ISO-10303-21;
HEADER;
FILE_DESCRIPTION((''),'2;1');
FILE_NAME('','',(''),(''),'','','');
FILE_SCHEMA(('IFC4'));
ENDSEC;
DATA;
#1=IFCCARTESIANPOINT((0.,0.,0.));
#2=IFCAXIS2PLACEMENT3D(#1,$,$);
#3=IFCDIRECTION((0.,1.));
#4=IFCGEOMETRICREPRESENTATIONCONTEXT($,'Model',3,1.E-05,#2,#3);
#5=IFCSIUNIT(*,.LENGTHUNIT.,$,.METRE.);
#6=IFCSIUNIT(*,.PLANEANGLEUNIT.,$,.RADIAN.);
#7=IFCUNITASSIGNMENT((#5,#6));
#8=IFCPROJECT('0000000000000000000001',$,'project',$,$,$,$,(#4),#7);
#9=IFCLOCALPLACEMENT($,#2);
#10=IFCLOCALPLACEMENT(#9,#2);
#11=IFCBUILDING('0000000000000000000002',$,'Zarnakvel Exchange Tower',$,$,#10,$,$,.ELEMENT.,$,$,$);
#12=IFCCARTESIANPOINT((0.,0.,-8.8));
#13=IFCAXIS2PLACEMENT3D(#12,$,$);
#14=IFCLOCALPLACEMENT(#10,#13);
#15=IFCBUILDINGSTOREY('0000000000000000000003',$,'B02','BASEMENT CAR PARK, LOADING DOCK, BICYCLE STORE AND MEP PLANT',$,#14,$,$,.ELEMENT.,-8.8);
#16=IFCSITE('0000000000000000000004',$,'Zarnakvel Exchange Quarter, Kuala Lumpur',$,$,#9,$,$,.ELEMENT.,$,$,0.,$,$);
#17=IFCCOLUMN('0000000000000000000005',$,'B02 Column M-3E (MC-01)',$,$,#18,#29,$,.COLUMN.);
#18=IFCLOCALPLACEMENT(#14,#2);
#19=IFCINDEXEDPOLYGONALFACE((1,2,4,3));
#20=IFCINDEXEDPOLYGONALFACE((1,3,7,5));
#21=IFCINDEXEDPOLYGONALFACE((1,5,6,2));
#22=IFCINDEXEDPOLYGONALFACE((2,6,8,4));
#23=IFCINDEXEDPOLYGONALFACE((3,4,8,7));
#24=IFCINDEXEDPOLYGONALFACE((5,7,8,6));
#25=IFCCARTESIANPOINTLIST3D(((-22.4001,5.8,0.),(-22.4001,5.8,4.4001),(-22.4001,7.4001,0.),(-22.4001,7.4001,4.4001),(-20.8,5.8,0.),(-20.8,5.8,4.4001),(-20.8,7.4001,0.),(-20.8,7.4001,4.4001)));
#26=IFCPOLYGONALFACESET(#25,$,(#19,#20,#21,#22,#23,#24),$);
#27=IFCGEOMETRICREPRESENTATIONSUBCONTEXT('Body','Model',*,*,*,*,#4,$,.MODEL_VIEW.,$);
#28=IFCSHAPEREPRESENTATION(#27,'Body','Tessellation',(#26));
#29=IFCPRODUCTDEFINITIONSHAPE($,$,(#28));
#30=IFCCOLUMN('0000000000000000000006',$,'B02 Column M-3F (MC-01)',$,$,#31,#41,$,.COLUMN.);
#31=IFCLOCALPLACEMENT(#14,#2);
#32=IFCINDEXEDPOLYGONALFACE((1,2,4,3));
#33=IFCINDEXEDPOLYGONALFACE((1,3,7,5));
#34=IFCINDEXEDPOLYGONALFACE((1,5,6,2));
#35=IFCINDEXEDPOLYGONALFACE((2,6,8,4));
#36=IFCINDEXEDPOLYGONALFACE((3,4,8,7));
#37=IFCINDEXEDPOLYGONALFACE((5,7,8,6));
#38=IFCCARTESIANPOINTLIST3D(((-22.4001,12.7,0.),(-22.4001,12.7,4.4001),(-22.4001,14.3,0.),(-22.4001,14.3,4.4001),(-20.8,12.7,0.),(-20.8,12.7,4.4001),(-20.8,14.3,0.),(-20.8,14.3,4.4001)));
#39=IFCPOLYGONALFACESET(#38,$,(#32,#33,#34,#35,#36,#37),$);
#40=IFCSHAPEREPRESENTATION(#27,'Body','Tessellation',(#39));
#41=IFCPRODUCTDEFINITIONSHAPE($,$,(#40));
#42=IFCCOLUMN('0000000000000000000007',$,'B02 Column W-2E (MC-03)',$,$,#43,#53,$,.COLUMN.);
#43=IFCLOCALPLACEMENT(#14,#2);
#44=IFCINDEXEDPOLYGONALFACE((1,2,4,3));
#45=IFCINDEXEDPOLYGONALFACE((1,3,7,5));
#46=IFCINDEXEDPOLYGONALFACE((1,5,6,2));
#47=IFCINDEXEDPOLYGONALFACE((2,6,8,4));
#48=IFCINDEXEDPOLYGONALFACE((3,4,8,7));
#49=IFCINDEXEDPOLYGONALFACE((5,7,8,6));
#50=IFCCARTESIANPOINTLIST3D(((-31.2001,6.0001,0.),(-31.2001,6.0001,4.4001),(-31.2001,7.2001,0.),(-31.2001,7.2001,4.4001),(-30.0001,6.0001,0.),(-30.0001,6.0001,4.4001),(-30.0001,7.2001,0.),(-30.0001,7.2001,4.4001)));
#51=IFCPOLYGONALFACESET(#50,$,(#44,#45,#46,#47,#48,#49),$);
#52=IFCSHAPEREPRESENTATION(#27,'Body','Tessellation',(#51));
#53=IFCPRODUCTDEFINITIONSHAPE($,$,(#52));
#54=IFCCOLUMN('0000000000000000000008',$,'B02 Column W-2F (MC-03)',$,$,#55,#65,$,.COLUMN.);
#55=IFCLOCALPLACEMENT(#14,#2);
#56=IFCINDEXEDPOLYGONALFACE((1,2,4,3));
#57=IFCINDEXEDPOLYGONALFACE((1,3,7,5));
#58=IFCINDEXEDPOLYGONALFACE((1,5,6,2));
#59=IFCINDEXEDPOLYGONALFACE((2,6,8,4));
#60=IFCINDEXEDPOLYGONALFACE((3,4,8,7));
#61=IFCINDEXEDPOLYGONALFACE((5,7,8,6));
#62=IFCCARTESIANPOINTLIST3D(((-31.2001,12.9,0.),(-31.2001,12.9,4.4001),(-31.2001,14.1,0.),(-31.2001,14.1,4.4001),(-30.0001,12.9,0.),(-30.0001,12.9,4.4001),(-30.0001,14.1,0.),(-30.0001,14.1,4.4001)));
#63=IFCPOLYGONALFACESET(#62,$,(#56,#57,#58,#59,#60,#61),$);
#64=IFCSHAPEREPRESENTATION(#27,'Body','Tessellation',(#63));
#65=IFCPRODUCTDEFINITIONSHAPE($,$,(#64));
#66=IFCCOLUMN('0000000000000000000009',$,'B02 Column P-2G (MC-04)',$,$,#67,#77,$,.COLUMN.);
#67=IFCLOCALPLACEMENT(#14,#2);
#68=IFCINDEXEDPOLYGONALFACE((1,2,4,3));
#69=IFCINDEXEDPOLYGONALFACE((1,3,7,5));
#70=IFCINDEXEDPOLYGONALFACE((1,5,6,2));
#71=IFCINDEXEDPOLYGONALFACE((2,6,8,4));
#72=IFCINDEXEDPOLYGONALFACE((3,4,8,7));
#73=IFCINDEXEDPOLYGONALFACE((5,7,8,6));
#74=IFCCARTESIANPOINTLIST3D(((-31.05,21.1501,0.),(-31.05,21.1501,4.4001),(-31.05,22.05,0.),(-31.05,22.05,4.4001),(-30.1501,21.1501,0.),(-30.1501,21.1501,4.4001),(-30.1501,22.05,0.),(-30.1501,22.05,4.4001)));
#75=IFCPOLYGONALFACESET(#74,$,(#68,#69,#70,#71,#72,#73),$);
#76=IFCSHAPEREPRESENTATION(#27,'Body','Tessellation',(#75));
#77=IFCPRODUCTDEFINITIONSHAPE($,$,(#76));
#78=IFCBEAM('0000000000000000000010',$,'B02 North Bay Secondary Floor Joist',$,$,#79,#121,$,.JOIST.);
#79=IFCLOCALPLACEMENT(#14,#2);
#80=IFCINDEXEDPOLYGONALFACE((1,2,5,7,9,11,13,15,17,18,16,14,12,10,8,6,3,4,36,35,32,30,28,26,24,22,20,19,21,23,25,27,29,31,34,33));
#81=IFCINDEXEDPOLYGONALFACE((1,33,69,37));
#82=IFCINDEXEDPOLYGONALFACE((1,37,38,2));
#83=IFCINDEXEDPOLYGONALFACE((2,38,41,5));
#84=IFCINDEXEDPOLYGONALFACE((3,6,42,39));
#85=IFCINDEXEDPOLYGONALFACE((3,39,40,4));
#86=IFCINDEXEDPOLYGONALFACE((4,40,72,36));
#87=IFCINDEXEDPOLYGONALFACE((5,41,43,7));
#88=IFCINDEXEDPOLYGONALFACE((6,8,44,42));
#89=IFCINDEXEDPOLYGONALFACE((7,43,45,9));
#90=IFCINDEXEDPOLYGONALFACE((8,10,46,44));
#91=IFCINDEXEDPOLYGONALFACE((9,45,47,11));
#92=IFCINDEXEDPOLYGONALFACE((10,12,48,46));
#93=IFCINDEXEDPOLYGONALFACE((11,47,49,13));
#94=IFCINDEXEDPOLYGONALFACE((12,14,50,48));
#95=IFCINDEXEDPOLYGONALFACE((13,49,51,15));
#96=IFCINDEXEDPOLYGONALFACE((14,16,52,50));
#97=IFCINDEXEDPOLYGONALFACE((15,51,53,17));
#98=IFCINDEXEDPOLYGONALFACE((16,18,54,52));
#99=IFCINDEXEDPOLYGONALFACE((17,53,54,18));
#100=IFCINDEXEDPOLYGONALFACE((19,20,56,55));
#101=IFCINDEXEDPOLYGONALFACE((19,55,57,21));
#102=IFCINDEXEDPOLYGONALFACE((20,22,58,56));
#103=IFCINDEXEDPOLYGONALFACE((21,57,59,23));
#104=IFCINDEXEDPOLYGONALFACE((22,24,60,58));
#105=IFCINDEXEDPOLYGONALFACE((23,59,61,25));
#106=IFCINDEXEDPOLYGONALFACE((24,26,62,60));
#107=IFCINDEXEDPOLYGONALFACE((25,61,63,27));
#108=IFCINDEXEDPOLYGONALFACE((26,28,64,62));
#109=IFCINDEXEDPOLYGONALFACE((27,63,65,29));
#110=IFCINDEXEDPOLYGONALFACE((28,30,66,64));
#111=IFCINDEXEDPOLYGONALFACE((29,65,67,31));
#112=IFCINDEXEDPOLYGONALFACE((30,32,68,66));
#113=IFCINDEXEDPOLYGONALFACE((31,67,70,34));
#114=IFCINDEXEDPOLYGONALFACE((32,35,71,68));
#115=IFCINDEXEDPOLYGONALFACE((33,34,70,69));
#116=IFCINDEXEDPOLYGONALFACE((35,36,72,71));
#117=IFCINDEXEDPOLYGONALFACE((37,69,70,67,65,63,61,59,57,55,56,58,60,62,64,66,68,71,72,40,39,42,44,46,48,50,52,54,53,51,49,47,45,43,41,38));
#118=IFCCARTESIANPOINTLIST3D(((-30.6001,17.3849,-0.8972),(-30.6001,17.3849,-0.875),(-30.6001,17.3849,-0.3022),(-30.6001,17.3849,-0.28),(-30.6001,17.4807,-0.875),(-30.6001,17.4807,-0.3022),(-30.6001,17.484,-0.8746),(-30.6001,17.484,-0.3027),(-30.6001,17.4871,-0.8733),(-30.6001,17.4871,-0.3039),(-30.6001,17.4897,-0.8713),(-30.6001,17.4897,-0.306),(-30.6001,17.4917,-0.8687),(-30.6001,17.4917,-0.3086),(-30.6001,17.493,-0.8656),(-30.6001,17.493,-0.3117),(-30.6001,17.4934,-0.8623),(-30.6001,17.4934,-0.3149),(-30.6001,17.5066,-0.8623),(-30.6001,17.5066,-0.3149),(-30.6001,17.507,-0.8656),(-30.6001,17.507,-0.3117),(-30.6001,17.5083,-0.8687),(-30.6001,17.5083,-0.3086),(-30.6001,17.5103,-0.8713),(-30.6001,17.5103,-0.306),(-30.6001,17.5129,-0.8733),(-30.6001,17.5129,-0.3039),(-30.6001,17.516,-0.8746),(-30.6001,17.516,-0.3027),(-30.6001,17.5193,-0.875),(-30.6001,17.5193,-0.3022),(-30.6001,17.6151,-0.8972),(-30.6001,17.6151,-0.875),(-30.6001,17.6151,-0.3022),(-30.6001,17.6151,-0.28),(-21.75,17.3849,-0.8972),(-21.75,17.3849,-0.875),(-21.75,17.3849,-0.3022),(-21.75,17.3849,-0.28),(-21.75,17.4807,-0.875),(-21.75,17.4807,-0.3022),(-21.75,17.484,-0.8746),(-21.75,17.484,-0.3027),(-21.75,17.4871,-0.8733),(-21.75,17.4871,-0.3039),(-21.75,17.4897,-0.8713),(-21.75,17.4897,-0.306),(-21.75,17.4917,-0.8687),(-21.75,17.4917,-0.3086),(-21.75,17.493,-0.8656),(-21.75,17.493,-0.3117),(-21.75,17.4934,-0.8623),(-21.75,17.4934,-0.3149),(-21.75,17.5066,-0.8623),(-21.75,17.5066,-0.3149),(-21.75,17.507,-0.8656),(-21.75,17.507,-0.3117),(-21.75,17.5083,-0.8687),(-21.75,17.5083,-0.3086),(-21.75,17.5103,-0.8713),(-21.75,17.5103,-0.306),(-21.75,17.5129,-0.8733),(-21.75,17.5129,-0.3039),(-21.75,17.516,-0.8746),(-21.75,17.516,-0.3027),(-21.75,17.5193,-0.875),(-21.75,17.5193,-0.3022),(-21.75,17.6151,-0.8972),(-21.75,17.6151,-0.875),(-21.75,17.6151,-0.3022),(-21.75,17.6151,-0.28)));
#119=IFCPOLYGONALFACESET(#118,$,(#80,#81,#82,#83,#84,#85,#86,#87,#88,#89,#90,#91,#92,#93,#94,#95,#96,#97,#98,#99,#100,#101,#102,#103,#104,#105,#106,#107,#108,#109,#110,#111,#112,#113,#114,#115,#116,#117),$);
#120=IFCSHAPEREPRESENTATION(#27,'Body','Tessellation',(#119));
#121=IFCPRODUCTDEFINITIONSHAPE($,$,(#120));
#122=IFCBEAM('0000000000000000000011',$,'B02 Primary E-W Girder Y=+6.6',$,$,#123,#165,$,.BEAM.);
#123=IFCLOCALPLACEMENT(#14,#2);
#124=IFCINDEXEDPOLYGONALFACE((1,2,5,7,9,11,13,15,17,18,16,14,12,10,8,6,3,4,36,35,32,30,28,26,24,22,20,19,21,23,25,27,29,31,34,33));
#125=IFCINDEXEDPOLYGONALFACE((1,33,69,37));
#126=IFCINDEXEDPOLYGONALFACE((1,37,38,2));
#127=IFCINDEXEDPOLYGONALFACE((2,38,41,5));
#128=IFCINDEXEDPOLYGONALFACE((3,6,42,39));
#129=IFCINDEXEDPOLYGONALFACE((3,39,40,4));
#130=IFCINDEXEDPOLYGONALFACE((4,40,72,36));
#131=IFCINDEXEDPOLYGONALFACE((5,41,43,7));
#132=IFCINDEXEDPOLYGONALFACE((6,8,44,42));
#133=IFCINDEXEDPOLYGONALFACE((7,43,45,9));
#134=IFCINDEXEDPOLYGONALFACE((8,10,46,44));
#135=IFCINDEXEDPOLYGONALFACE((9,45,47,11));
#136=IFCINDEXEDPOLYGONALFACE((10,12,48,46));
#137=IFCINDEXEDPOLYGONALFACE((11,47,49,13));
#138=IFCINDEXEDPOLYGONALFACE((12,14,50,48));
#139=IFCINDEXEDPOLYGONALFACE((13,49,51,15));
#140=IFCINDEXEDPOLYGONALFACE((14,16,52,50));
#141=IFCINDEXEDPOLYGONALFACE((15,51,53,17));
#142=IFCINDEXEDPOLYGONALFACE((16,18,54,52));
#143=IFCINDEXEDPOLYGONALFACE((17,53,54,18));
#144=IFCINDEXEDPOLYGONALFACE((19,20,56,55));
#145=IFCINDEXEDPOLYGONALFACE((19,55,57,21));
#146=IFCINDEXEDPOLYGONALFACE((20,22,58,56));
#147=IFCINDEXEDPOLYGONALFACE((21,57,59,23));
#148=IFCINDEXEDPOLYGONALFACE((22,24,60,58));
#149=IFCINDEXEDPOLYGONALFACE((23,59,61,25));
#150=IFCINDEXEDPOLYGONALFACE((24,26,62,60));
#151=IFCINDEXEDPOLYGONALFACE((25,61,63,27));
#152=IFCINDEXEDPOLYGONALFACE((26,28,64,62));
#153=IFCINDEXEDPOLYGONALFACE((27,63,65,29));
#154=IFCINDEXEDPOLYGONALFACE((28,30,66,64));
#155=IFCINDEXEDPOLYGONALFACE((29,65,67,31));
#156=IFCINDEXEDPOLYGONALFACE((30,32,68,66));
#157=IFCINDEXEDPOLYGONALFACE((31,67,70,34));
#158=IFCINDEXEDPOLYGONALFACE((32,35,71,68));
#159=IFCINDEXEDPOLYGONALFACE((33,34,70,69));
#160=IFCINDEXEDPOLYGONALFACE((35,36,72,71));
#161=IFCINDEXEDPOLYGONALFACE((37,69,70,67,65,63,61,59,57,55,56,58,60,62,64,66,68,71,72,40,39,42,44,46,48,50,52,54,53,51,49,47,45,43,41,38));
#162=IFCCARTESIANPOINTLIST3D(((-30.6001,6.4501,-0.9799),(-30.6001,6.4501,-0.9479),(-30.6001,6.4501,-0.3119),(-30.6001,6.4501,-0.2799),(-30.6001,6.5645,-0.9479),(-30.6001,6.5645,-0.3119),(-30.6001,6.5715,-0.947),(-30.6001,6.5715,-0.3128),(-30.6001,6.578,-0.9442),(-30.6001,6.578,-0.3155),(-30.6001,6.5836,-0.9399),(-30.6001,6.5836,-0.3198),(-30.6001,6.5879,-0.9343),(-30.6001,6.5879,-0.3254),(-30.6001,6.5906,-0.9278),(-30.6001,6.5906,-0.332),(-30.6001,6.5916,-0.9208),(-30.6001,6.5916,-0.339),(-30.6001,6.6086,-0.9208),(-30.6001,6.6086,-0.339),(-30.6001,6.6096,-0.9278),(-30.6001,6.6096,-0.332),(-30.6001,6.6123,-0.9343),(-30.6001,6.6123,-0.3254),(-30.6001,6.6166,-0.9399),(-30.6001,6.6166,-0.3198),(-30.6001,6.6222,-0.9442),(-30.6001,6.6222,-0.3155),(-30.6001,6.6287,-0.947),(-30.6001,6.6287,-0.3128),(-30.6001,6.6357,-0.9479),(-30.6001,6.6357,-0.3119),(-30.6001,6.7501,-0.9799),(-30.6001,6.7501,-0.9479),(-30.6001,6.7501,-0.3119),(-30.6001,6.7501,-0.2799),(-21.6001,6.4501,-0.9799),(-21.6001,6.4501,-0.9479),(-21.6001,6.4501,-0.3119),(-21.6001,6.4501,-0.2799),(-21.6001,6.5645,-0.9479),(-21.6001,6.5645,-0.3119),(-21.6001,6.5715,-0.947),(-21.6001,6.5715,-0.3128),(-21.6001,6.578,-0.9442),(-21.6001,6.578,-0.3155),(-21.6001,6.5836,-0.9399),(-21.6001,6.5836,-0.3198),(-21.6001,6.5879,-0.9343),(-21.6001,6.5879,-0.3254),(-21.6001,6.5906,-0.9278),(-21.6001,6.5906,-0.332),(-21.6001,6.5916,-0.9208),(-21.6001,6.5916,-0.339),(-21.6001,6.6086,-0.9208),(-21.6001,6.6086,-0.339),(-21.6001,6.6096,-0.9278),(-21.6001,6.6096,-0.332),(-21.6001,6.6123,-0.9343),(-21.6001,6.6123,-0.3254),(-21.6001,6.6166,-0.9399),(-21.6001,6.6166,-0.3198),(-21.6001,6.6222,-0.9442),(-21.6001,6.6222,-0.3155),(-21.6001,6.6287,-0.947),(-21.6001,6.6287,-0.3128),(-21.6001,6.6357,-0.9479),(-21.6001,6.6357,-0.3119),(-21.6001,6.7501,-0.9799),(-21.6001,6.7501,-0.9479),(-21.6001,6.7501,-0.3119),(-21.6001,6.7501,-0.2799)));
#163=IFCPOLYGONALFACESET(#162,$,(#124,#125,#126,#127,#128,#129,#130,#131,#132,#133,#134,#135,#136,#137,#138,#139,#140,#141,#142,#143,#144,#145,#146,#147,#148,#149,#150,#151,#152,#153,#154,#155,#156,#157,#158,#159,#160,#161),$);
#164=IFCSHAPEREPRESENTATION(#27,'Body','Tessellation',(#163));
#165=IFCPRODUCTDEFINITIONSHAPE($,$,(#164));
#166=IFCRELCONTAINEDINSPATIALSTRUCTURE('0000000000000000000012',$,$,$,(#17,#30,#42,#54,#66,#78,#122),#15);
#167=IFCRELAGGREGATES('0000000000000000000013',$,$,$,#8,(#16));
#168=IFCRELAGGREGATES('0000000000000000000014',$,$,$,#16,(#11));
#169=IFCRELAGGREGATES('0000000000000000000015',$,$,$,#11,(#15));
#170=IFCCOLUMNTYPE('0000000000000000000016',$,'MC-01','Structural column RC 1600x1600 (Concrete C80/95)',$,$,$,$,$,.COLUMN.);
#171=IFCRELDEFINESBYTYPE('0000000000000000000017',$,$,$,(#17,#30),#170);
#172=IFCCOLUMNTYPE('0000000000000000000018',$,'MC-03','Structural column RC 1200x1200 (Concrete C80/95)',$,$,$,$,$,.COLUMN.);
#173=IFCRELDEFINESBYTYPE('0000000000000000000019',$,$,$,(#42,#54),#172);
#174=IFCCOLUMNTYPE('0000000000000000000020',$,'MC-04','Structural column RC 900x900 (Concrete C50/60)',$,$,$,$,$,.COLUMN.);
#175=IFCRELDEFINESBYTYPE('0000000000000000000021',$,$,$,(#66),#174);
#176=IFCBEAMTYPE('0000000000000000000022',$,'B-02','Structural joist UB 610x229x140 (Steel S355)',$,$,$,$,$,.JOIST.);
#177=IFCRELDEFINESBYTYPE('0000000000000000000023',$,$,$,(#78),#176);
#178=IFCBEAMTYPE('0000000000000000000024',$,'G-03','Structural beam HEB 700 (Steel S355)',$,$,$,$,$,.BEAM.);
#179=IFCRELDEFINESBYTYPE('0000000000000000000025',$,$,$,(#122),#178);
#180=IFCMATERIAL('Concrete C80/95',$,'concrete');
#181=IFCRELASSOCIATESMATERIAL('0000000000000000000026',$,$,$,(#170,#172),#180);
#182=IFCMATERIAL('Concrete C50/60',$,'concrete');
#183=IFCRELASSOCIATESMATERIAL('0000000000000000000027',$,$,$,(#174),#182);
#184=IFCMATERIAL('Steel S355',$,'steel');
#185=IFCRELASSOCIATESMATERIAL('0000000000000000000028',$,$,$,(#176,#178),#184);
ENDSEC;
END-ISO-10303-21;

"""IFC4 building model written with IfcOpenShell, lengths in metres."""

from ifc_helpers import new_model, si_unit, direction, frame, origin, origin_2d, place, context, subcontext, project, spatial, rectangle, i_section, extrude, material, material_profile, profile_set, type_object, element, save


model = new_model("IFC4")

# Units and contexts
model_context = context("Model", 3, precision=1e-05, world=origin(), true_north=direction((0.0, 1.0)))
body_context = subcontext(model_context, "Body", "Model", "MODEL_VIEW")
ifc_project = project(units=[si_unit("LENGTHUNIT", "METRE"), si_unit("PLANEANGLEUNIT", "RADIAN")], contexts=[model_context])

# Site, building, storey
site_placement = place(None, origin())
site = spatial("IfcSite", under=ifc_project, at=site_placement, Name="Zarnakvel Exchange Quarter, Kuala Lumpur", CompositionType="ELEMENT", RefElevation=0.0)
building_placement = place(site_placement, origin())
building = spatial("IfcBuilding", under=site, at=building_placement, Name="Zarnakvel Exchange Tower", CompositionType="ELEMENT")
storey_placement = place(building_placement, frame((0.0, 0.0, -8.8)))
storey = spatial("IfcBuildingStorey", under=building, at=storey_placement, Name="B02", Description="BASEMENT CAR PARK, LOADING DOCK, BICYCLE STORE AND MEP PLANT", CompositionType="ELEMENT", Elevation=-8.8)

# Columns
ifc_material_1 = material(Name="Concrete C80/95", Category="concrete")
ifc_material_profile_1 = material_profile(ifc_material_1, rectangle(XDim=1.6001, YDim=1.6001, at=origin_2d()))
ifc_profile_set_1 = profile_set([ifc_material_profile_1], Name="Concrete C80/95")
column_type_1 = type_object("IfcColumnType", Name="MC-01", Description="Structural column RC 1600x1600 (Concrete C80/95)", PredefinedType="COLUMN", material=ifc_profile_set_1)
for number, where, z_axis, x_axis, name in (
    (1, (-21.6001, 6.6001, 0.0), (0.0, 0.0, 1.0), (1.0, 0.0, 0.0), "B02 Column M-3E (MC-01)"),
    (2, (-21.6001, 13.5, 0.0), (0.0, 0.0, 1.0), (1.0, 0.0, 0.0), "B02 Column M-3F (MC-01)"),
):
    element("IfcColumn", number, at=place(storey_placement, frame(where, z_axis=z_axis, x_axis=x_axis)), inside=storey, type_object=column_type_1, Name=name, PredefinedType="COLUMN", context=body_context, shape_type="SweptSolid", body=[
        extrude(rectangle(XDim=1.6001, YDim=1.6001, at=origin_2d()), origin(), (0.0, 0.0, 1.0), 4.4001),
    ])
ifc_material_profile_2 = material_profile(ifc_material_1, rectangle(XDim=1.2, YDim=1.2, at=origin_2d()))
ifc_profile_set_2 = profile_set([ifc_material_profile_2], Name="Concrete C80/95")
column_type_2 = type_object("IfcColumnType", Name="MC-03", Description="Structural column RC 1200x1200 (Concrete C80/95)", PredefinedType="COLUMN", material=ifc_profile_set_2)
for number, where, z_axis, x_axis, name in (
    (3, (-30.6001, 6.6001, 0.0), (0.0, 0.0, 1.0), (1.0, 0.0, 0.0), "B02 Column W-2E (MC-03)"),
    (4, (-30.6001, 13.5, 0.0), (0.0, 0.0, 1.0), (1.0, 0.0, 0.0), "B02 Column W-2F (MC-03)"),
):
    element("IfcColumn", number, at=place(storey_placement, frame(where, z_axis=z_axis, x_axis=x_axis)), inside=storey, type_object=column_type_2, Name=name, PredefinedType="COLUMN", context=body_context, shape_type="SweptSolid", body=[
        extrude(rectangle(XDim=1.2, YDim=1.2, at=origin_2d()), origin(), (0.0, 0.0, 1.0), 4.4001),
    ])
ifc_material_2 = material(Name="Concrete C50/60", Category="concrete")
ifc_material_profile_3 = material_profile(ifc_material_2, rectangle(XDim=0.8999, YDim=0.8999, at=origin_2d()))
ifc_profile_set_3 = profile_set([ifc_material_profile_3], Name="Concrete C50/60")
column_type_3 = type_object("IfcColumnType", Name="MC-04", Description="Structural column RC 900x900 (Concrete C50/60)", PredefinedType="COLUMN", material=ifc_profile_set_3)
column_placement = place(storey_placement, frame((-30.6001, 21.6001, 0.0), z_axis=(0.0, 0.0, 1.0), x_axis=(1.0, 0.0, 0.0)))
element("IfcColumn", 5, at=column_placement, inside=storey, type_object=column_type_3, Name="B02 Column P-2G (MC-04)", PredefinedType="COLUMN", context=body_context, shape_type="SweptSolid", body=[
    extrude(rectangle(XDim=0.8999, YDim=0.8999, at=origin_2d()), origin(), (0.0, 0.0, 1.0), 4.4001),
])

# Beams
ifc_material_3 = material(Name="Steel S355", Category="steel")
ifc_material_profile_4 = material_profile(ifc_material_3, i_section(OverallWidth=0.2302, OverallDepth=0.6172, WebThickness=0.0132, FlangeThickness=0.0222, FilletRadius=0.0127, at=origin_2d()))
ifc_profile_set_4 = profile_set([ifc_material_profile_4], Name="Steel S355")
beam_type_1 = type_object("IfcBeamType", Name="B-02", Description="Structural joist UB 610x229x140 (Steel S355)", PredefinedType="JOIST", material=ifc_profile_set_4)
beam_1_placement = place(storey_placement, frame((-30.6001, 17.5, -0.5886), z_axis=(1.0, 0.0, 0.0), x_axis=(0.0, 1.0, 0.0)))
element("IfcBeam", 6, at=beam_1_placement, inside=storey, type_object=beam_type_1, Name="B02 North Bay Secondary Floor Joist", PredefinedType="JOIST", context=body_context, shape_type="SweptSolid", body=[
    extrude(i_section(OverallWidth=0.2302, OverallDepth=0.6172, WebThickness=0.0132, FlangeThickness=0.0222, FilletRadius=0.0127, at=origin_2d()), origin(), (0.0, 0.0, 1.0), 8.8501),
])
ifc_material_profile_5 = material_profile(ifc_material_3, i_section(OverallWidth=0.3, OverallDepth=0.7, WebThickness=0.0171, FlangeThickness=0.032, FilletRadius=0.0271, at=origin_2d()))
ifc_profile_set_5 = profile_set([ifc_material_profile_5], Name="Steel S355")
beam_type_2 = type_object("IfcBeamType", Name="G-03", Description="Structural beam HEB 700 (Steel S355)", PredefinedType="BEAM", material=ifc_profile_set_5)
for number, where, z_axis, x_axis, name in (
    (7, (-30.6001, 6.6001, -0.6299), (1.0, 0.0, 0.0), (0.0, 1.0, 0.0), "B02 Primary E-W Girder Y=+6.6"),
):
    element("IfcBeam", number, at=place(storey_placement, frame(where, z_axis=z_axis, x_axis=x_axis)), inside=storey, type_object=beam_type_2, Name=name, PredefinedType="BEAM", context=body_context, shape_type="SweptSolid", body=[
        extrude(i_section(OverallWidth=0.3, OverallDepth=0.7, WebThickness=0.0171, FlangeThickness=0.032, FilletRadius=0.0271, at=origin_2d()), origin(), (0.0, 0.0, 1.0), 9.0),
    ])

save(model, "model.ifc")
